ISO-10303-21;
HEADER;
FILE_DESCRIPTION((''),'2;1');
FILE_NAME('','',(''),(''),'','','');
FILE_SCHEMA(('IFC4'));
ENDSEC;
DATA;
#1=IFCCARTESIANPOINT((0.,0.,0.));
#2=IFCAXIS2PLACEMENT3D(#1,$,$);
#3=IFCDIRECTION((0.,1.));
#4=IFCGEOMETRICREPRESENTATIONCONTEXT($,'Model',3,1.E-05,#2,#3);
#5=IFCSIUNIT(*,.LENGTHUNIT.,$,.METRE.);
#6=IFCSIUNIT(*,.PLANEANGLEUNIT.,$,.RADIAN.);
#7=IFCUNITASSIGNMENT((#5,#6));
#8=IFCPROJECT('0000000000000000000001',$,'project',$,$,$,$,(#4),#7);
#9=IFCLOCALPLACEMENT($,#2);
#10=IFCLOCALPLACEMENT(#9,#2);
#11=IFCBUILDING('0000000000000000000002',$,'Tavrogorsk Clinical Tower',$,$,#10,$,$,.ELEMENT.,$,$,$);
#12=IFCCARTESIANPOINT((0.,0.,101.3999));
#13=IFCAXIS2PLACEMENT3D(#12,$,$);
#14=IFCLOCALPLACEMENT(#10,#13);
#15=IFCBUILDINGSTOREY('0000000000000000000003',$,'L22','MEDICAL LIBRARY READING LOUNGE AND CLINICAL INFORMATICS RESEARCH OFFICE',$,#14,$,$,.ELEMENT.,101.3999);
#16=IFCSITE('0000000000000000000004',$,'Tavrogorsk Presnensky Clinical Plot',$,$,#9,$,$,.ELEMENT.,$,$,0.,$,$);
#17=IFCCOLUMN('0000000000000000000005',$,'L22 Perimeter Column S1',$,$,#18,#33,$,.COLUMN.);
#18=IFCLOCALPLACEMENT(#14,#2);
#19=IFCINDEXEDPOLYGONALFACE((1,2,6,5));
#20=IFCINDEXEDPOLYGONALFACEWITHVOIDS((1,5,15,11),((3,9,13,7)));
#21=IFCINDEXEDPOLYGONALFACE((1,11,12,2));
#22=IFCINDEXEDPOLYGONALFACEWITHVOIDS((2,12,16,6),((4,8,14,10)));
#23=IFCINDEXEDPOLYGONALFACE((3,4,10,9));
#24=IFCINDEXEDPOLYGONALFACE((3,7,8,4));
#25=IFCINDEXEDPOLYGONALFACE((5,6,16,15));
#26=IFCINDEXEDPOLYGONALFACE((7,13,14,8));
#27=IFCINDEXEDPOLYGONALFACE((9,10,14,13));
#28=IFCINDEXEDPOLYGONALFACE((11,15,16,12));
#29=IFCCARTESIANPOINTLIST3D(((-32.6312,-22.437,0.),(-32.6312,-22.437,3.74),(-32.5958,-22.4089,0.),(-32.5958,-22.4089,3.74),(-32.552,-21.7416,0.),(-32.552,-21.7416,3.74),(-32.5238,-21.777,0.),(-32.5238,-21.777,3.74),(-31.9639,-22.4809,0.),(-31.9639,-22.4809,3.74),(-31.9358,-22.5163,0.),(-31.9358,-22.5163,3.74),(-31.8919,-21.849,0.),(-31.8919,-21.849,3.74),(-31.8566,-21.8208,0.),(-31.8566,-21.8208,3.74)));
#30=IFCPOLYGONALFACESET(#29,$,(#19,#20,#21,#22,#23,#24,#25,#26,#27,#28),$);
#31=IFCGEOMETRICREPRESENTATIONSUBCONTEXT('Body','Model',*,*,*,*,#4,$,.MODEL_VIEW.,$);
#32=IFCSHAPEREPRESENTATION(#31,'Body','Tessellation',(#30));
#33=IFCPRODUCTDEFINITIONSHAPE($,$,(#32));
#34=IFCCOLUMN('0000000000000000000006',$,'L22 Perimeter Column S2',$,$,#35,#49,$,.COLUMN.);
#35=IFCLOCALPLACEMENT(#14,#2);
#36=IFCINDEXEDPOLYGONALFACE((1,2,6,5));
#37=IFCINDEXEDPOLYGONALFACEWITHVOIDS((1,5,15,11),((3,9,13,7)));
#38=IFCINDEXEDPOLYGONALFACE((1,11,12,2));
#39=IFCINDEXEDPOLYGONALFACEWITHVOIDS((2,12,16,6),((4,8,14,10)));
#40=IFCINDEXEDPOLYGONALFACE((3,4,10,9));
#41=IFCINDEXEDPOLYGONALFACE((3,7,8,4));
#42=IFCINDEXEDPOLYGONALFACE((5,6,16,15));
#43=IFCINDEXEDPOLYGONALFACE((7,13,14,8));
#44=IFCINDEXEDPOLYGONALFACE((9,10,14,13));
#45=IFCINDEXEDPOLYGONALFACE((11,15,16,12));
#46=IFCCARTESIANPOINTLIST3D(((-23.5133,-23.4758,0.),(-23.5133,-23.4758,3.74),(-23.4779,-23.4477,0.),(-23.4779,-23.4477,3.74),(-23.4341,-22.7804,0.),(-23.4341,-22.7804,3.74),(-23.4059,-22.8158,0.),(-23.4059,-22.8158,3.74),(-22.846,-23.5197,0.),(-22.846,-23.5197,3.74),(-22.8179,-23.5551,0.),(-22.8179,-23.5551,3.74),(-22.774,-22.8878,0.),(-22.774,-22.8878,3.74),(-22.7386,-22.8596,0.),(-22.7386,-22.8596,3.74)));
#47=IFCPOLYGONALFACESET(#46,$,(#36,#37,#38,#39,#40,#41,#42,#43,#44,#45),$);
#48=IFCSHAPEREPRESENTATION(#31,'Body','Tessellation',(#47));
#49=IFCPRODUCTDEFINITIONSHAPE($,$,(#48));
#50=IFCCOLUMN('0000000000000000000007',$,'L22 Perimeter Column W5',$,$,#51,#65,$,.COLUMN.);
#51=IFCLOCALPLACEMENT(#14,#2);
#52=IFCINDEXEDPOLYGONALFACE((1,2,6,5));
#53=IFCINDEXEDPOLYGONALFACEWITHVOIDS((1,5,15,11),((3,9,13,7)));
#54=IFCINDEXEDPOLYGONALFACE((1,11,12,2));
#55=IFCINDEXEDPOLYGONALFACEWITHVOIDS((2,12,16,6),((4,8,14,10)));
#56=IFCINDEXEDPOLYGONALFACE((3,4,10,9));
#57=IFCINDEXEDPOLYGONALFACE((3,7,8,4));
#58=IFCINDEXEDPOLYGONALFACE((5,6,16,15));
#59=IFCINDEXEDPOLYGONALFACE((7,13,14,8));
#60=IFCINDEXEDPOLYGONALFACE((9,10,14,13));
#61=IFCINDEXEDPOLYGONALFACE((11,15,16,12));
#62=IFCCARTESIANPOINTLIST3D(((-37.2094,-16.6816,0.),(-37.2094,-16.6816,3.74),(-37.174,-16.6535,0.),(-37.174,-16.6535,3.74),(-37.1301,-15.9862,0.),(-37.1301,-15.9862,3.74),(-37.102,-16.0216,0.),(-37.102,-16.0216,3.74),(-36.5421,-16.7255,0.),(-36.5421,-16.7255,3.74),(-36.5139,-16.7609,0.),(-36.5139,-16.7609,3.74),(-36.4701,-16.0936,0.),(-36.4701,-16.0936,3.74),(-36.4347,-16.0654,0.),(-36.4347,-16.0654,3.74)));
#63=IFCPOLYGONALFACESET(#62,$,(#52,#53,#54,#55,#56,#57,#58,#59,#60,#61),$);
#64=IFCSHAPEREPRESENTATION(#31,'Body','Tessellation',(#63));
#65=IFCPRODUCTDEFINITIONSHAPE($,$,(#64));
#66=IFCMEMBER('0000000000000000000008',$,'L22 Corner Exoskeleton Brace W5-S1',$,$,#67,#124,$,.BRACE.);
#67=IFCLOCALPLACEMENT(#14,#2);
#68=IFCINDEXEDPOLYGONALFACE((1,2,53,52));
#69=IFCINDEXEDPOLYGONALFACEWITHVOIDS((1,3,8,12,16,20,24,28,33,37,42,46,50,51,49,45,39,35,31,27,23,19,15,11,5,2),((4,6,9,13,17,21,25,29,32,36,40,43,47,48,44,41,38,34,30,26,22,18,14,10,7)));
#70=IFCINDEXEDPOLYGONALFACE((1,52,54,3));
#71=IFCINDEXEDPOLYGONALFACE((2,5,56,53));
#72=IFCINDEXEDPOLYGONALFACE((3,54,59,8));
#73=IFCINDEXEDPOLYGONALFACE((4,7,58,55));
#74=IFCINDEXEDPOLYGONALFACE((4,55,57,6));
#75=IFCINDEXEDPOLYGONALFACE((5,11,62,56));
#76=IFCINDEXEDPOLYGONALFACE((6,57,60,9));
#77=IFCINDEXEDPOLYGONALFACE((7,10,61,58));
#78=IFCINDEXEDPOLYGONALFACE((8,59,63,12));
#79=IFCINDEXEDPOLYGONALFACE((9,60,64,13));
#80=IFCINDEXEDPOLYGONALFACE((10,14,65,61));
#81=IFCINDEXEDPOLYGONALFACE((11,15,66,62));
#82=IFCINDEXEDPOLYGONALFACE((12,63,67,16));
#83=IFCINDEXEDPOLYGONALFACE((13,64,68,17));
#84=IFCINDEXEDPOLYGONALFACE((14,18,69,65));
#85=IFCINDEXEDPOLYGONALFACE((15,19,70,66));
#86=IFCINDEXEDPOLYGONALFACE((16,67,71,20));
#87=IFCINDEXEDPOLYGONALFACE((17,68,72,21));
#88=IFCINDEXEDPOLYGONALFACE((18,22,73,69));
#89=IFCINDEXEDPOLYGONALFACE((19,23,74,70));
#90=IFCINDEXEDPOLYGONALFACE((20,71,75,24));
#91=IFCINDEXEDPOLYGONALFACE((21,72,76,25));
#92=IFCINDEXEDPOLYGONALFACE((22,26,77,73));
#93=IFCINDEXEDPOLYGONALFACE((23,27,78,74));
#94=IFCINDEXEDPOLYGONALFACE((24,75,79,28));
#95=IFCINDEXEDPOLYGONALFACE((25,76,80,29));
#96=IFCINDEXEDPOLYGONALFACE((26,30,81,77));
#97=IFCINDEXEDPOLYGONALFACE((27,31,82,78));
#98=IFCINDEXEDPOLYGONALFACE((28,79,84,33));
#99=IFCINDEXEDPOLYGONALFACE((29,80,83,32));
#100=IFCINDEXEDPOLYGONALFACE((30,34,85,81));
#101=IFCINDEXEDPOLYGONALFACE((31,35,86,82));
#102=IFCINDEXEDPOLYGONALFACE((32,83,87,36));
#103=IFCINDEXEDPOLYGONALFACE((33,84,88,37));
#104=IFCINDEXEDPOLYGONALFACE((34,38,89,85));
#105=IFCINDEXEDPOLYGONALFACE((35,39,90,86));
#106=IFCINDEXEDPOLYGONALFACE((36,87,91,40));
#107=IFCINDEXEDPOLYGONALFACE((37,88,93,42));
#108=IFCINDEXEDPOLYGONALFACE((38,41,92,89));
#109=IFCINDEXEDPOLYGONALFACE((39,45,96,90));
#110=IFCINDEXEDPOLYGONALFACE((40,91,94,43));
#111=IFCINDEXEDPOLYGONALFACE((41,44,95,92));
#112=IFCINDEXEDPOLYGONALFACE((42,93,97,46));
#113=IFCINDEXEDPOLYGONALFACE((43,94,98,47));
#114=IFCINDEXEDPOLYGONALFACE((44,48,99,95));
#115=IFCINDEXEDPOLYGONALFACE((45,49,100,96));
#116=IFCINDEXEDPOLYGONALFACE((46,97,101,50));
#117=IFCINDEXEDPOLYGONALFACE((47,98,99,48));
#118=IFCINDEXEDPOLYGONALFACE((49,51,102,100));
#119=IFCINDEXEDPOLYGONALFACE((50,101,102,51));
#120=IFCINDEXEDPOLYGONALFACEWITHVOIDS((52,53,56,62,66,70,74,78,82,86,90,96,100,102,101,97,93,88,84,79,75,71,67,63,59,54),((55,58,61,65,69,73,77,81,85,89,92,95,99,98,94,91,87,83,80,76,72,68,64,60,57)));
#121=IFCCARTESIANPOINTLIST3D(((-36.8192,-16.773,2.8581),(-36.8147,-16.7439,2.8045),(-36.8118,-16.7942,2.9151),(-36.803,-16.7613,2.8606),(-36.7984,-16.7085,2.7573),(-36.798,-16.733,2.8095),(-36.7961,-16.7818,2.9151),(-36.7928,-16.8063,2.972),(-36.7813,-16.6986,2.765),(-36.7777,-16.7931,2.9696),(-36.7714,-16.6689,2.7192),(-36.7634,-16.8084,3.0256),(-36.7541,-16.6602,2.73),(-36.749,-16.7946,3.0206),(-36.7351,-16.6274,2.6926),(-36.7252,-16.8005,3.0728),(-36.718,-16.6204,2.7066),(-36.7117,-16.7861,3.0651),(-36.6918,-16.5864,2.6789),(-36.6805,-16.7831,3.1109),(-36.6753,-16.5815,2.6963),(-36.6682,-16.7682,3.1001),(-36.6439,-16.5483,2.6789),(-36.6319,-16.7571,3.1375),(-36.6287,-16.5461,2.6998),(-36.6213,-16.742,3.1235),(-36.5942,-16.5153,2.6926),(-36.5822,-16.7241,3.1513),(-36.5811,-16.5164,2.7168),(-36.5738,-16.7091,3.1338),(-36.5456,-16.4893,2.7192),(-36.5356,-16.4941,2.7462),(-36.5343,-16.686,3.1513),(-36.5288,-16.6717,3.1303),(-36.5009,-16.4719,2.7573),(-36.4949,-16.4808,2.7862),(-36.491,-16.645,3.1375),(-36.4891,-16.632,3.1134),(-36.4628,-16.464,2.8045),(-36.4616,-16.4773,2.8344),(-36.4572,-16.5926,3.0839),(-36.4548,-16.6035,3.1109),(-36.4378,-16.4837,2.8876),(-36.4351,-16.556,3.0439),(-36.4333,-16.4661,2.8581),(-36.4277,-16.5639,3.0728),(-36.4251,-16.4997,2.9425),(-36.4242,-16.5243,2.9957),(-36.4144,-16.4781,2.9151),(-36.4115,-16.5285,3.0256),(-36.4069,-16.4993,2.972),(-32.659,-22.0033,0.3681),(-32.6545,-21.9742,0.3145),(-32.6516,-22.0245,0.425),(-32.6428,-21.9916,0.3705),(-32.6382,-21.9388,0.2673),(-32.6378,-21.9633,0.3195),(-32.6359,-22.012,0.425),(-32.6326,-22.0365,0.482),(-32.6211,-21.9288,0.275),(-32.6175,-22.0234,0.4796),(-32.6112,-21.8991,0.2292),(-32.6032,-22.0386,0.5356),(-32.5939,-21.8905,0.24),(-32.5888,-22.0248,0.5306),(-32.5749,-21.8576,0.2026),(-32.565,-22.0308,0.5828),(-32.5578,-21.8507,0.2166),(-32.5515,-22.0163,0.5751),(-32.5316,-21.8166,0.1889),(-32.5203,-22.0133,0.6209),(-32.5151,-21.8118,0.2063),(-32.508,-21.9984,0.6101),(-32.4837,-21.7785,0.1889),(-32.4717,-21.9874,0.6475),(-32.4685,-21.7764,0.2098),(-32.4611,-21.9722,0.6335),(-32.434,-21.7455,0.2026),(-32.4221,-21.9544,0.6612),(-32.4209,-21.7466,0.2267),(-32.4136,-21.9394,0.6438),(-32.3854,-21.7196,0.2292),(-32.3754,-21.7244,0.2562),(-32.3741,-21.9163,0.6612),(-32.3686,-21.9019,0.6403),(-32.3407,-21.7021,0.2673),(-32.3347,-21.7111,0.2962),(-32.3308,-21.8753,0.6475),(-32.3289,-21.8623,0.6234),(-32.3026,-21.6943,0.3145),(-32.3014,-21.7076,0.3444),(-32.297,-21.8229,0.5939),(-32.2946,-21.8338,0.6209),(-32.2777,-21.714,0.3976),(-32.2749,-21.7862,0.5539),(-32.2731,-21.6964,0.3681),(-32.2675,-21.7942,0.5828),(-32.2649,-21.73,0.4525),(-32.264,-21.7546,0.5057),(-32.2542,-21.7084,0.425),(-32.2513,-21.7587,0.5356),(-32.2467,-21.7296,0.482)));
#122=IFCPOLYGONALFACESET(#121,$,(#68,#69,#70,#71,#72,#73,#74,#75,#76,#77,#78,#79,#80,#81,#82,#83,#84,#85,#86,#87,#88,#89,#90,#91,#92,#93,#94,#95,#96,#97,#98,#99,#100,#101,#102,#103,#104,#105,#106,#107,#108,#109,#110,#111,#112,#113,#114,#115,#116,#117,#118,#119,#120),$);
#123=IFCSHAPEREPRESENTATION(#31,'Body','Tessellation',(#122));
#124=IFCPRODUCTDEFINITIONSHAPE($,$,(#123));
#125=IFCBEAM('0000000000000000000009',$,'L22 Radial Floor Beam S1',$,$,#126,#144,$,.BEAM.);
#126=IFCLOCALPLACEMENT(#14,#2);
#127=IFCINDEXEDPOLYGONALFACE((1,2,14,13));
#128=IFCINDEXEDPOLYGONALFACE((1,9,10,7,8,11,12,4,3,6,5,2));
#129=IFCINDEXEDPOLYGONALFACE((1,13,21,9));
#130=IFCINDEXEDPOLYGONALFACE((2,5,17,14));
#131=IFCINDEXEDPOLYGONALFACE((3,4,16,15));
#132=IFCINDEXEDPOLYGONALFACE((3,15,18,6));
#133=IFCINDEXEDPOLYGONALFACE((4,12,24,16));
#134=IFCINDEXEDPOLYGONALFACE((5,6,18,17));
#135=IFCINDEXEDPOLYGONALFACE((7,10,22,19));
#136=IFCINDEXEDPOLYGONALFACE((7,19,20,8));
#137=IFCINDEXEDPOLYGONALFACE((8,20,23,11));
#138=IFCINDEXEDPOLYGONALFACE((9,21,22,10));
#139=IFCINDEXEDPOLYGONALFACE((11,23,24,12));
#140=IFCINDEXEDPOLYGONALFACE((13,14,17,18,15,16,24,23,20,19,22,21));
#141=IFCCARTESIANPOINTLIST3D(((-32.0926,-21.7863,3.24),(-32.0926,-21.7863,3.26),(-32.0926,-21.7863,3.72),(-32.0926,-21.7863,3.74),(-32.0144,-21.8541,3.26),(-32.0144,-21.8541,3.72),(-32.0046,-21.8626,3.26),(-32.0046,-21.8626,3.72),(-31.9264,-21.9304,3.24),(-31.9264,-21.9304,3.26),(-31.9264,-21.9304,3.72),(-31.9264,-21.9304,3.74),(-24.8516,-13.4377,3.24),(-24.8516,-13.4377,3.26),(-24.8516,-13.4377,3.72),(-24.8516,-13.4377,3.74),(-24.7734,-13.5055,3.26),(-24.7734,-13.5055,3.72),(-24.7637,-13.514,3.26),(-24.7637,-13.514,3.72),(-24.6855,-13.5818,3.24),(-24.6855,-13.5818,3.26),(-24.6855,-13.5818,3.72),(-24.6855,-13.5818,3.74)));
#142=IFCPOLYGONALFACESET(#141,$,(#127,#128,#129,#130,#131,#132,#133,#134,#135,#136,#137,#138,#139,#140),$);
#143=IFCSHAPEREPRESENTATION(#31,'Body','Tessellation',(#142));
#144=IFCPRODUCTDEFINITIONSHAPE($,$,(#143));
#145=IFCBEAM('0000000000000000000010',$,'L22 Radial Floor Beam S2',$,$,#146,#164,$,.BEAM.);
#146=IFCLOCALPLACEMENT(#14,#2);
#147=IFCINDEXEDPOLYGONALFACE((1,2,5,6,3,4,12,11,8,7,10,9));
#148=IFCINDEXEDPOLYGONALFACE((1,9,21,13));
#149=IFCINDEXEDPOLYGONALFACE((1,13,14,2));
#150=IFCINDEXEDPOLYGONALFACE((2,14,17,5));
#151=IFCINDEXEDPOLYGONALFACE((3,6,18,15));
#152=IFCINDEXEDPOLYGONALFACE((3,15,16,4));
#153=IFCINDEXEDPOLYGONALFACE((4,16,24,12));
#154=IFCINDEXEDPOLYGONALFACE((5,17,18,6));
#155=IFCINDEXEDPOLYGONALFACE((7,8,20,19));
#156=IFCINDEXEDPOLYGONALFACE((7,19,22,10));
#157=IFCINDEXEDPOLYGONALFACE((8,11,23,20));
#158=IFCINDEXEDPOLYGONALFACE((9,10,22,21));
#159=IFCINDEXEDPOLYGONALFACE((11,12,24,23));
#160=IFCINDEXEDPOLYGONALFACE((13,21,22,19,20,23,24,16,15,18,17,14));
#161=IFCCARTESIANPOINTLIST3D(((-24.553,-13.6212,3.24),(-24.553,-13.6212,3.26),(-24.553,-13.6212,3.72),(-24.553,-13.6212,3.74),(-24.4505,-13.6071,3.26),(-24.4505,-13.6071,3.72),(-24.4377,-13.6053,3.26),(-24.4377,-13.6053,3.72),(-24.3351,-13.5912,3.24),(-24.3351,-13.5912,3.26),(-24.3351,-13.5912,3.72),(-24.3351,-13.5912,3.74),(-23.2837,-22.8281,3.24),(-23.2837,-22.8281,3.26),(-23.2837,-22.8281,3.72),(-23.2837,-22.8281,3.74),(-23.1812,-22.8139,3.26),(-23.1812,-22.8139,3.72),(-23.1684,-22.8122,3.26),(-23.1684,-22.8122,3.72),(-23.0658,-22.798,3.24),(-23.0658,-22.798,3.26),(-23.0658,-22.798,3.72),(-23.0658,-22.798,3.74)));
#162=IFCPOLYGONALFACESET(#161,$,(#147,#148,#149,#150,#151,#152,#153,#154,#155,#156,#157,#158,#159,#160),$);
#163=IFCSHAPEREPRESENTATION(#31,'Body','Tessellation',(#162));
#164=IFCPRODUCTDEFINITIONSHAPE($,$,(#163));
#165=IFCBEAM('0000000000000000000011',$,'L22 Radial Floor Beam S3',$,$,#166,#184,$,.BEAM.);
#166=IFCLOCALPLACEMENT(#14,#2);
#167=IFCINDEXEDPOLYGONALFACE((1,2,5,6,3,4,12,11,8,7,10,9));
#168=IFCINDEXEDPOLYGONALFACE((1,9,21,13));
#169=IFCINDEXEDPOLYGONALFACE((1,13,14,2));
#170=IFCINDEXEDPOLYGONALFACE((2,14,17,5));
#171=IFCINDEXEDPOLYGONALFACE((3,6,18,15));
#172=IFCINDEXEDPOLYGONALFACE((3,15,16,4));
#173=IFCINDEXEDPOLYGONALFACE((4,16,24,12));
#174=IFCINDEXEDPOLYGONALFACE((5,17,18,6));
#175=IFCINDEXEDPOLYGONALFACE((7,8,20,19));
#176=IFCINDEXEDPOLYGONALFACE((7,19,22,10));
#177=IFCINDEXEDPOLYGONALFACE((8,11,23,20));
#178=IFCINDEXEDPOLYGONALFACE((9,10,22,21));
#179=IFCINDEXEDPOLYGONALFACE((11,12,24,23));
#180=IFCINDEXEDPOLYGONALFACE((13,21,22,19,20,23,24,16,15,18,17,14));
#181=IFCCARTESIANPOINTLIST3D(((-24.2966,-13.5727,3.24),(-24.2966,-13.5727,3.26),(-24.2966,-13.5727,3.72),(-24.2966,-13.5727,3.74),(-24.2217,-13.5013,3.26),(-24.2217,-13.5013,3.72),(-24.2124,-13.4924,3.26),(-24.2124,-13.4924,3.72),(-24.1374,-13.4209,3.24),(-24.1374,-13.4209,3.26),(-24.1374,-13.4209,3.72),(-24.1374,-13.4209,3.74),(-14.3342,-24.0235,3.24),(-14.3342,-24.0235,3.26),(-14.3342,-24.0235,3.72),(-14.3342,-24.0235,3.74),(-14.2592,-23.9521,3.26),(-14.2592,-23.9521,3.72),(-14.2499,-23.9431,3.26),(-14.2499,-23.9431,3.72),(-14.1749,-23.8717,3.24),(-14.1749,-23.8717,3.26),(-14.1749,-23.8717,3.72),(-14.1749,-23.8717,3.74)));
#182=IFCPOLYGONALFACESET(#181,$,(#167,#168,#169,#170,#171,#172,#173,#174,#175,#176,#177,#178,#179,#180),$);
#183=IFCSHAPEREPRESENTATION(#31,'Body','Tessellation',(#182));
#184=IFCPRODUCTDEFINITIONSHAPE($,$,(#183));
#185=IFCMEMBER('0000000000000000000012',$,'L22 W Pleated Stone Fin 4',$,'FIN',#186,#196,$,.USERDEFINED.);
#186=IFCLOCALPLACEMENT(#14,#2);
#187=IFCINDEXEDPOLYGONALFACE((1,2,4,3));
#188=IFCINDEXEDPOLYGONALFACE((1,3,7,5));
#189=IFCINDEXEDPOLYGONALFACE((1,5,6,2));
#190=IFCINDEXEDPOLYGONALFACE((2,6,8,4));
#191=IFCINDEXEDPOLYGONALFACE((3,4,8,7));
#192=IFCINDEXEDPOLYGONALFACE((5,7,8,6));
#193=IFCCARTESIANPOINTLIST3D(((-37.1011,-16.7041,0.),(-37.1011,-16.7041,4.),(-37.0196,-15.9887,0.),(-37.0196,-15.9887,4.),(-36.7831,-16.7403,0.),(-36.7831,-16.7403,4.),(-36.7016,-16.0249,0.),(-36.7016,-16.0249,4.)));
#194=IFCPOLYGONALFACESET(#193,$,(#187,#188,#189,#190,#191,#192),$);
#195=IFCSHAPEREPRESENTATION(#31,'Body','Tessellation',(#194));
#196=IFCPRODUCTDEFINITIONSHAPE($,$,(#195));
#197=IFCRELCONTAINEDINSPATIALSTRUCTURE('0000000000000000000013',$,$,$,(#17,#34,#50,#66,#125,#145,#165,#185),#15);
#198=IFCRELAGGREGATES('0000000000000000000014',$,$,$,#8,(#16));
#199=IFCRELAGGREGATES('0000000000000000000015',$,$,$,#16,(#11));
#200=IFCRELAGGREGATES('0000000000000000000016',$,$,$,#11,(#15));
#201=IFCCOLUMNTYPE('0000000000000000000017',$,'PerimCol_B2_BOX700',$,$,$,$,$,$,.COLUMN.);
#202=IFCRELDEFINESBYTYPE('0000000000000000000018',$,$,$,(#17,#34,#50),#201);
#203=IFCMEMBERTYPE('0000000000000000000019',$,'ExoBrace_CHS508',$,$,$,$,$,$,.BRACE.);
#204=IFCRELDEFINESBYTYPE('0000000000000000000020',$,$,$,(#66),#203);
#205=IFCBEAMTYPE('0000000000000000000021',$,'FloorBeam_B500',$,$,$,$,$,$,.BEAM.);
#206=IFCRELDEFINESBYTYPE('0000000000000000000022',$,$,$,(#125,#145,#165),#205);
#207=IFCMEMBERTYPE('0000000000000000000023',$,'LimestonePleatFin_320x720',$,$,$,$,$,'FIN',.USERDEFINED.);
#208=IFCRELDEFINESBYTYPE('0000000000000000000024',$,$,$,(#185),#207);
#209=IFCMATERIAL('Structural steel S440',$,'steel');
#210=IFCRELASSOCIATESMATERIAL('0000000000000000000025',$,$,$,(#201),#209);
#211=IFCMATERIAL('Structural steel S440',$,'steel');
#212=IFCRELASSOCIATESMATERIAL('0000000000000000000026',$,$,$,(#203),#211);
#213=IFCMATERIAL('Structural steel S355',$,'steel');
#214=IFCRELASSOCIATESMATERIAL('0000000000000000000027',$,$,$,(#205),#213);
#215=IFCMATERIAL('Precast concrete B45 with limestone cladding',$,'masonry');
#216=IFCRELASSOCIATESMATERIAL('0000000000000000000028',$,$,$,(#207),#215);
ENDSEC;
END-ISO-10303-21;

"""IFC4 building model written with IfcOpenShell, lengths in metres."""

from ifc_helpers import new_model, si_unit, direction, frame, origin, origin_2d, place, context, subcontext, project, spatial, rectangle, hollow_rectangle, hollow_circle, i_section, extrude, material, material_profile, profile_set, type_object, element, save


model = new_model("IFC4")

# Units and contexts
model_context = context("Model", 3, precision=1e-05, world=origin(), true_north=direction((0.0, 1.0)))
body_context = subcontext(model_context, "Body", "Model", "MODEL_VIEW")
ifc_project = project(units=[si_unit("LENGTHUNIT", "METRE"), si_unit("PLANEANGLEUNIT", "RADIAN")], contexts=[model_context])

# Site, building, storey
site_placement = place(None, origin())
site = spatial("IfcSite", under=ifc_project, at=site_placement, Name="Tavrogorsk Presnensky Clinical Plot", CompositionType="ELEMENT", RefElevation=0.0)
building_placement = place(site_placement, origin())
building = spatial("IfcBuilding", under=site, at=building_placement, Name="Tavrogorsk Clinical Tower", CompositionType="ELEMENT")
storey_placement = place(building_placement, frame((0.0, 0.0, 101.3999)))
storey = spatial("IfcBuildingStorey", under=building, at=storey_placement, Name="L22", Description="MEDICAL LIBRARY READING LOUNGE AND CLINICAL INFORMATICS RESEARCH OFFICE", CompositionType="ELEMENT", Elevation=101.3999)

# Columns
ifc_material_1 = material(Name="Structural steel S440", Category="steel")
ifc_material_profile_1 = material_profile(ifc_material_1, hollow_rectangle(XDim=0.7, YDim=0.7, WallThickness=0.032, at=origin_2d()), Name="BOX-700x700x32")
ifc_profile_set_1 = profile_set([ifc_material_profile_1], Name="Structural steel S440")
column_type = type_object("IfcColumnType", Name="PerimCol_B2_BOX700", PredefinedType="COLUMN", material=ifc_profile_set_1)
for number, where, z_axis, x_axis, name in (
    (1, (-32.2439, -22.1289, 0.0), (0.0, 0.0, 1.0), (0.993572, -0.113203, 0.0), "L22 Perimeter Column S1"),
    (2, (-23.126, -23.1677, 0.0), (0.0, 0.0, 1.0), (0.993572, -0.113203, 0.0), "L22 Perimeter Column S2"),
    (3, (-36.822, -16.3735, 0.0), (0.0, 0.0, 1.0), (0.993572, -0.113203, 0.0), "L22 Perimeter Column W5"),
):
    element("IfcColumn", number, at=place(storey_placement, frame(where, z_axis=z_axis, x_axis=x_axis)), inside=storey, type_object=column_type, Name=name, PredefinedType="COLUMN", context=body_context, shape_type="SweptSolid", body=[
        extrude(hollow_rectangle(XDim=0.7, YDim=0.7, WallThickness=0.032, at=origin_2d()), origin(), (0.0, 0.0, 1.0), 3.74),
    ])

# Member
ifc_material_2 = material(Name="Structural steel S440", Category="steel")
ifc_material_profile_2 = material_profile(ifc_material_2, hollow_circle(Radius=0.2539, WallThickness=0.02, at=origin_2d()), Name="CHS-508x20")
ifc_profile_set_2 = profile_set([ifc_material_profile_2], Name="Structural steel S440")
member_type_1 = type_object("IfcMemberType", Name="ExoBrace_CHS508", PredefinedType="BRACE", material=ifc_profile_set_2)
member_1_placement = place(storey_placement, frame((-32.4529, -21.8665, 0.425), z_axis=(-0.583327, 0.733369, 0.34914), x_axis=(-0.782619, -0.622501, 0.0)))
element("IfcMember", 4, at=member_1_placement, inside=storey, type_object=member_type_1, Name="L22 Corner Exoskeleton Brace W5-S1", PredefinedType="BRACE", context=body_context, shape_type="SweptSolid", body=[
    extrude(hollow_circle(Radius=0.2539, WallThickness=0.02, at=origin_2d()), origin(), (0.0, 0.0, 1.0), 7.1318),
])

# Beams
ifc_material_3 = material(Name="Structural steel S355", Category="steel")
ifc_material_profile_3 = material_profile(ifc_material_3, i_section(OverallWidth=0.22, OverallDepth=0.5, WebThickness=0.0129, FlangeThickness=0.02, at=origin_2d()), Name="B-500x220x13x20")
ifc_profile_set_3 = profile_set([ifc_material_profile_3], Name="Structural steel S355")
beam_type_1 = type_object("IfcBeamType", Name="FloorBeam_B500", PredefinedType="BEAM", material=ifc_profile_set_3)
beam_1_placement = place(storey_placement, frame((-24.7686, -13.5098, 3.49), z_axis=(-0.655214, -0.755443, 0.0), x_axis=(0.755443, -0.655214, 0.0)))
element("IfcBeam", 5, at=beam_1_placement, inside=storey, type_object=beam_type_1, Name="L22 Radial Floor Beam S1", PredefinedType="BEAM", context=body_context, shape_type="SweptSolid", body=[
    extrude(i_section(OverallWidth=0.22, OverallDepth=0.5, WebThickness=0.0129, FlangeThickness=0.02, at=origin_2d()), origin(), (0.0, 0.0, 1.0), 11.0513),
])
beam_2_placement = place(storey_placement, frame((-24.4441, -13.6062, 3.49), z_axis=(0.136573, -0.99063, 0.0), x_axis=(0.99063, 0.136573, 0.0)))
element("IfcBeam", 6, at=beam_2_placement, inside=storey, type_object=beam_type_1, Name="L22 Radial Floor Beam S2", PredefinedType="BEAM", context=body_context, shape_type="SweptSolid", body=[
    extrude(i_section(OverallWidth=0.22, OverallDepth=0.5, WebThickness=0.0129, FlangeThickness=0.02, at=origin_2d()), origin(), (0.0, 0.0, 1.0), 9.2939),
])
beam_3_placement = place(storey_placement, frame((-24.217, -13.4968, 3.49), z_axis=(0.689995, -0.723814, 0.0), x_axis=(0.723814, 0.689995, 0.0)))
element("IfcBeam", 7, at=beam_3_placement, inside=storey, type_object=beam_type_1, Name="L22 Radial Floor Beam S3", PredefinedType="BEAM", context=body_context, shape_type="SweptSolid", body=[
    extrude(i_section(OverallWidth=0.22, OverallDepth=0.5, WebThickness=0.0129, FlangeThickness=0.02, at=origin_2d()), origin(), (0.0, 0.0, 1.0), 14.4385),
])

# Member
ifc_material_4 = material(Name="Precast concrete B45 with limestone cladding", Category="masonry")
ifc_material_profile_4 = material_profile(ifc_material_4, rectangle(XDim=0.3201, YDim=0.72, at=origin_2d()), Name="LIMESTONE-FIN-320x720")
ifc_profile_set_4 = profile_set([ifc_material_profile_4], Name="Precast concrete B45 with limestone cladding")
member_type_2 = type_object("IfcMemberType", Name="LimestonePleatFin_320x720", ElementType="FIN", PredefinedType="USERDEFINED", material=ifc_profile_set_4)
member_2_placement = place(storey_placement, frame((-36.9014, -16.3645, 0.0), z_axis=(0.0, 0.0, 1.0), x_axis=(0.993572, -0.113203, 0.0)))
element("IfcMember", 8, at=member_2_placement, inside=storey, type_object=member_type_2, Name="L22 W Pleated Stone Fin 4", ObjectType="FIN", PredefinedType="USERDEFINED", context=body_context, shape_type="SweptSolid", body=[
    extrude(rectangle(XDim=0.3201, YDim=0.72, at=origin_2d()), origin(), (0.0, 0.0, 1.0), 4.0),
])

save(model, "model.ifc")
